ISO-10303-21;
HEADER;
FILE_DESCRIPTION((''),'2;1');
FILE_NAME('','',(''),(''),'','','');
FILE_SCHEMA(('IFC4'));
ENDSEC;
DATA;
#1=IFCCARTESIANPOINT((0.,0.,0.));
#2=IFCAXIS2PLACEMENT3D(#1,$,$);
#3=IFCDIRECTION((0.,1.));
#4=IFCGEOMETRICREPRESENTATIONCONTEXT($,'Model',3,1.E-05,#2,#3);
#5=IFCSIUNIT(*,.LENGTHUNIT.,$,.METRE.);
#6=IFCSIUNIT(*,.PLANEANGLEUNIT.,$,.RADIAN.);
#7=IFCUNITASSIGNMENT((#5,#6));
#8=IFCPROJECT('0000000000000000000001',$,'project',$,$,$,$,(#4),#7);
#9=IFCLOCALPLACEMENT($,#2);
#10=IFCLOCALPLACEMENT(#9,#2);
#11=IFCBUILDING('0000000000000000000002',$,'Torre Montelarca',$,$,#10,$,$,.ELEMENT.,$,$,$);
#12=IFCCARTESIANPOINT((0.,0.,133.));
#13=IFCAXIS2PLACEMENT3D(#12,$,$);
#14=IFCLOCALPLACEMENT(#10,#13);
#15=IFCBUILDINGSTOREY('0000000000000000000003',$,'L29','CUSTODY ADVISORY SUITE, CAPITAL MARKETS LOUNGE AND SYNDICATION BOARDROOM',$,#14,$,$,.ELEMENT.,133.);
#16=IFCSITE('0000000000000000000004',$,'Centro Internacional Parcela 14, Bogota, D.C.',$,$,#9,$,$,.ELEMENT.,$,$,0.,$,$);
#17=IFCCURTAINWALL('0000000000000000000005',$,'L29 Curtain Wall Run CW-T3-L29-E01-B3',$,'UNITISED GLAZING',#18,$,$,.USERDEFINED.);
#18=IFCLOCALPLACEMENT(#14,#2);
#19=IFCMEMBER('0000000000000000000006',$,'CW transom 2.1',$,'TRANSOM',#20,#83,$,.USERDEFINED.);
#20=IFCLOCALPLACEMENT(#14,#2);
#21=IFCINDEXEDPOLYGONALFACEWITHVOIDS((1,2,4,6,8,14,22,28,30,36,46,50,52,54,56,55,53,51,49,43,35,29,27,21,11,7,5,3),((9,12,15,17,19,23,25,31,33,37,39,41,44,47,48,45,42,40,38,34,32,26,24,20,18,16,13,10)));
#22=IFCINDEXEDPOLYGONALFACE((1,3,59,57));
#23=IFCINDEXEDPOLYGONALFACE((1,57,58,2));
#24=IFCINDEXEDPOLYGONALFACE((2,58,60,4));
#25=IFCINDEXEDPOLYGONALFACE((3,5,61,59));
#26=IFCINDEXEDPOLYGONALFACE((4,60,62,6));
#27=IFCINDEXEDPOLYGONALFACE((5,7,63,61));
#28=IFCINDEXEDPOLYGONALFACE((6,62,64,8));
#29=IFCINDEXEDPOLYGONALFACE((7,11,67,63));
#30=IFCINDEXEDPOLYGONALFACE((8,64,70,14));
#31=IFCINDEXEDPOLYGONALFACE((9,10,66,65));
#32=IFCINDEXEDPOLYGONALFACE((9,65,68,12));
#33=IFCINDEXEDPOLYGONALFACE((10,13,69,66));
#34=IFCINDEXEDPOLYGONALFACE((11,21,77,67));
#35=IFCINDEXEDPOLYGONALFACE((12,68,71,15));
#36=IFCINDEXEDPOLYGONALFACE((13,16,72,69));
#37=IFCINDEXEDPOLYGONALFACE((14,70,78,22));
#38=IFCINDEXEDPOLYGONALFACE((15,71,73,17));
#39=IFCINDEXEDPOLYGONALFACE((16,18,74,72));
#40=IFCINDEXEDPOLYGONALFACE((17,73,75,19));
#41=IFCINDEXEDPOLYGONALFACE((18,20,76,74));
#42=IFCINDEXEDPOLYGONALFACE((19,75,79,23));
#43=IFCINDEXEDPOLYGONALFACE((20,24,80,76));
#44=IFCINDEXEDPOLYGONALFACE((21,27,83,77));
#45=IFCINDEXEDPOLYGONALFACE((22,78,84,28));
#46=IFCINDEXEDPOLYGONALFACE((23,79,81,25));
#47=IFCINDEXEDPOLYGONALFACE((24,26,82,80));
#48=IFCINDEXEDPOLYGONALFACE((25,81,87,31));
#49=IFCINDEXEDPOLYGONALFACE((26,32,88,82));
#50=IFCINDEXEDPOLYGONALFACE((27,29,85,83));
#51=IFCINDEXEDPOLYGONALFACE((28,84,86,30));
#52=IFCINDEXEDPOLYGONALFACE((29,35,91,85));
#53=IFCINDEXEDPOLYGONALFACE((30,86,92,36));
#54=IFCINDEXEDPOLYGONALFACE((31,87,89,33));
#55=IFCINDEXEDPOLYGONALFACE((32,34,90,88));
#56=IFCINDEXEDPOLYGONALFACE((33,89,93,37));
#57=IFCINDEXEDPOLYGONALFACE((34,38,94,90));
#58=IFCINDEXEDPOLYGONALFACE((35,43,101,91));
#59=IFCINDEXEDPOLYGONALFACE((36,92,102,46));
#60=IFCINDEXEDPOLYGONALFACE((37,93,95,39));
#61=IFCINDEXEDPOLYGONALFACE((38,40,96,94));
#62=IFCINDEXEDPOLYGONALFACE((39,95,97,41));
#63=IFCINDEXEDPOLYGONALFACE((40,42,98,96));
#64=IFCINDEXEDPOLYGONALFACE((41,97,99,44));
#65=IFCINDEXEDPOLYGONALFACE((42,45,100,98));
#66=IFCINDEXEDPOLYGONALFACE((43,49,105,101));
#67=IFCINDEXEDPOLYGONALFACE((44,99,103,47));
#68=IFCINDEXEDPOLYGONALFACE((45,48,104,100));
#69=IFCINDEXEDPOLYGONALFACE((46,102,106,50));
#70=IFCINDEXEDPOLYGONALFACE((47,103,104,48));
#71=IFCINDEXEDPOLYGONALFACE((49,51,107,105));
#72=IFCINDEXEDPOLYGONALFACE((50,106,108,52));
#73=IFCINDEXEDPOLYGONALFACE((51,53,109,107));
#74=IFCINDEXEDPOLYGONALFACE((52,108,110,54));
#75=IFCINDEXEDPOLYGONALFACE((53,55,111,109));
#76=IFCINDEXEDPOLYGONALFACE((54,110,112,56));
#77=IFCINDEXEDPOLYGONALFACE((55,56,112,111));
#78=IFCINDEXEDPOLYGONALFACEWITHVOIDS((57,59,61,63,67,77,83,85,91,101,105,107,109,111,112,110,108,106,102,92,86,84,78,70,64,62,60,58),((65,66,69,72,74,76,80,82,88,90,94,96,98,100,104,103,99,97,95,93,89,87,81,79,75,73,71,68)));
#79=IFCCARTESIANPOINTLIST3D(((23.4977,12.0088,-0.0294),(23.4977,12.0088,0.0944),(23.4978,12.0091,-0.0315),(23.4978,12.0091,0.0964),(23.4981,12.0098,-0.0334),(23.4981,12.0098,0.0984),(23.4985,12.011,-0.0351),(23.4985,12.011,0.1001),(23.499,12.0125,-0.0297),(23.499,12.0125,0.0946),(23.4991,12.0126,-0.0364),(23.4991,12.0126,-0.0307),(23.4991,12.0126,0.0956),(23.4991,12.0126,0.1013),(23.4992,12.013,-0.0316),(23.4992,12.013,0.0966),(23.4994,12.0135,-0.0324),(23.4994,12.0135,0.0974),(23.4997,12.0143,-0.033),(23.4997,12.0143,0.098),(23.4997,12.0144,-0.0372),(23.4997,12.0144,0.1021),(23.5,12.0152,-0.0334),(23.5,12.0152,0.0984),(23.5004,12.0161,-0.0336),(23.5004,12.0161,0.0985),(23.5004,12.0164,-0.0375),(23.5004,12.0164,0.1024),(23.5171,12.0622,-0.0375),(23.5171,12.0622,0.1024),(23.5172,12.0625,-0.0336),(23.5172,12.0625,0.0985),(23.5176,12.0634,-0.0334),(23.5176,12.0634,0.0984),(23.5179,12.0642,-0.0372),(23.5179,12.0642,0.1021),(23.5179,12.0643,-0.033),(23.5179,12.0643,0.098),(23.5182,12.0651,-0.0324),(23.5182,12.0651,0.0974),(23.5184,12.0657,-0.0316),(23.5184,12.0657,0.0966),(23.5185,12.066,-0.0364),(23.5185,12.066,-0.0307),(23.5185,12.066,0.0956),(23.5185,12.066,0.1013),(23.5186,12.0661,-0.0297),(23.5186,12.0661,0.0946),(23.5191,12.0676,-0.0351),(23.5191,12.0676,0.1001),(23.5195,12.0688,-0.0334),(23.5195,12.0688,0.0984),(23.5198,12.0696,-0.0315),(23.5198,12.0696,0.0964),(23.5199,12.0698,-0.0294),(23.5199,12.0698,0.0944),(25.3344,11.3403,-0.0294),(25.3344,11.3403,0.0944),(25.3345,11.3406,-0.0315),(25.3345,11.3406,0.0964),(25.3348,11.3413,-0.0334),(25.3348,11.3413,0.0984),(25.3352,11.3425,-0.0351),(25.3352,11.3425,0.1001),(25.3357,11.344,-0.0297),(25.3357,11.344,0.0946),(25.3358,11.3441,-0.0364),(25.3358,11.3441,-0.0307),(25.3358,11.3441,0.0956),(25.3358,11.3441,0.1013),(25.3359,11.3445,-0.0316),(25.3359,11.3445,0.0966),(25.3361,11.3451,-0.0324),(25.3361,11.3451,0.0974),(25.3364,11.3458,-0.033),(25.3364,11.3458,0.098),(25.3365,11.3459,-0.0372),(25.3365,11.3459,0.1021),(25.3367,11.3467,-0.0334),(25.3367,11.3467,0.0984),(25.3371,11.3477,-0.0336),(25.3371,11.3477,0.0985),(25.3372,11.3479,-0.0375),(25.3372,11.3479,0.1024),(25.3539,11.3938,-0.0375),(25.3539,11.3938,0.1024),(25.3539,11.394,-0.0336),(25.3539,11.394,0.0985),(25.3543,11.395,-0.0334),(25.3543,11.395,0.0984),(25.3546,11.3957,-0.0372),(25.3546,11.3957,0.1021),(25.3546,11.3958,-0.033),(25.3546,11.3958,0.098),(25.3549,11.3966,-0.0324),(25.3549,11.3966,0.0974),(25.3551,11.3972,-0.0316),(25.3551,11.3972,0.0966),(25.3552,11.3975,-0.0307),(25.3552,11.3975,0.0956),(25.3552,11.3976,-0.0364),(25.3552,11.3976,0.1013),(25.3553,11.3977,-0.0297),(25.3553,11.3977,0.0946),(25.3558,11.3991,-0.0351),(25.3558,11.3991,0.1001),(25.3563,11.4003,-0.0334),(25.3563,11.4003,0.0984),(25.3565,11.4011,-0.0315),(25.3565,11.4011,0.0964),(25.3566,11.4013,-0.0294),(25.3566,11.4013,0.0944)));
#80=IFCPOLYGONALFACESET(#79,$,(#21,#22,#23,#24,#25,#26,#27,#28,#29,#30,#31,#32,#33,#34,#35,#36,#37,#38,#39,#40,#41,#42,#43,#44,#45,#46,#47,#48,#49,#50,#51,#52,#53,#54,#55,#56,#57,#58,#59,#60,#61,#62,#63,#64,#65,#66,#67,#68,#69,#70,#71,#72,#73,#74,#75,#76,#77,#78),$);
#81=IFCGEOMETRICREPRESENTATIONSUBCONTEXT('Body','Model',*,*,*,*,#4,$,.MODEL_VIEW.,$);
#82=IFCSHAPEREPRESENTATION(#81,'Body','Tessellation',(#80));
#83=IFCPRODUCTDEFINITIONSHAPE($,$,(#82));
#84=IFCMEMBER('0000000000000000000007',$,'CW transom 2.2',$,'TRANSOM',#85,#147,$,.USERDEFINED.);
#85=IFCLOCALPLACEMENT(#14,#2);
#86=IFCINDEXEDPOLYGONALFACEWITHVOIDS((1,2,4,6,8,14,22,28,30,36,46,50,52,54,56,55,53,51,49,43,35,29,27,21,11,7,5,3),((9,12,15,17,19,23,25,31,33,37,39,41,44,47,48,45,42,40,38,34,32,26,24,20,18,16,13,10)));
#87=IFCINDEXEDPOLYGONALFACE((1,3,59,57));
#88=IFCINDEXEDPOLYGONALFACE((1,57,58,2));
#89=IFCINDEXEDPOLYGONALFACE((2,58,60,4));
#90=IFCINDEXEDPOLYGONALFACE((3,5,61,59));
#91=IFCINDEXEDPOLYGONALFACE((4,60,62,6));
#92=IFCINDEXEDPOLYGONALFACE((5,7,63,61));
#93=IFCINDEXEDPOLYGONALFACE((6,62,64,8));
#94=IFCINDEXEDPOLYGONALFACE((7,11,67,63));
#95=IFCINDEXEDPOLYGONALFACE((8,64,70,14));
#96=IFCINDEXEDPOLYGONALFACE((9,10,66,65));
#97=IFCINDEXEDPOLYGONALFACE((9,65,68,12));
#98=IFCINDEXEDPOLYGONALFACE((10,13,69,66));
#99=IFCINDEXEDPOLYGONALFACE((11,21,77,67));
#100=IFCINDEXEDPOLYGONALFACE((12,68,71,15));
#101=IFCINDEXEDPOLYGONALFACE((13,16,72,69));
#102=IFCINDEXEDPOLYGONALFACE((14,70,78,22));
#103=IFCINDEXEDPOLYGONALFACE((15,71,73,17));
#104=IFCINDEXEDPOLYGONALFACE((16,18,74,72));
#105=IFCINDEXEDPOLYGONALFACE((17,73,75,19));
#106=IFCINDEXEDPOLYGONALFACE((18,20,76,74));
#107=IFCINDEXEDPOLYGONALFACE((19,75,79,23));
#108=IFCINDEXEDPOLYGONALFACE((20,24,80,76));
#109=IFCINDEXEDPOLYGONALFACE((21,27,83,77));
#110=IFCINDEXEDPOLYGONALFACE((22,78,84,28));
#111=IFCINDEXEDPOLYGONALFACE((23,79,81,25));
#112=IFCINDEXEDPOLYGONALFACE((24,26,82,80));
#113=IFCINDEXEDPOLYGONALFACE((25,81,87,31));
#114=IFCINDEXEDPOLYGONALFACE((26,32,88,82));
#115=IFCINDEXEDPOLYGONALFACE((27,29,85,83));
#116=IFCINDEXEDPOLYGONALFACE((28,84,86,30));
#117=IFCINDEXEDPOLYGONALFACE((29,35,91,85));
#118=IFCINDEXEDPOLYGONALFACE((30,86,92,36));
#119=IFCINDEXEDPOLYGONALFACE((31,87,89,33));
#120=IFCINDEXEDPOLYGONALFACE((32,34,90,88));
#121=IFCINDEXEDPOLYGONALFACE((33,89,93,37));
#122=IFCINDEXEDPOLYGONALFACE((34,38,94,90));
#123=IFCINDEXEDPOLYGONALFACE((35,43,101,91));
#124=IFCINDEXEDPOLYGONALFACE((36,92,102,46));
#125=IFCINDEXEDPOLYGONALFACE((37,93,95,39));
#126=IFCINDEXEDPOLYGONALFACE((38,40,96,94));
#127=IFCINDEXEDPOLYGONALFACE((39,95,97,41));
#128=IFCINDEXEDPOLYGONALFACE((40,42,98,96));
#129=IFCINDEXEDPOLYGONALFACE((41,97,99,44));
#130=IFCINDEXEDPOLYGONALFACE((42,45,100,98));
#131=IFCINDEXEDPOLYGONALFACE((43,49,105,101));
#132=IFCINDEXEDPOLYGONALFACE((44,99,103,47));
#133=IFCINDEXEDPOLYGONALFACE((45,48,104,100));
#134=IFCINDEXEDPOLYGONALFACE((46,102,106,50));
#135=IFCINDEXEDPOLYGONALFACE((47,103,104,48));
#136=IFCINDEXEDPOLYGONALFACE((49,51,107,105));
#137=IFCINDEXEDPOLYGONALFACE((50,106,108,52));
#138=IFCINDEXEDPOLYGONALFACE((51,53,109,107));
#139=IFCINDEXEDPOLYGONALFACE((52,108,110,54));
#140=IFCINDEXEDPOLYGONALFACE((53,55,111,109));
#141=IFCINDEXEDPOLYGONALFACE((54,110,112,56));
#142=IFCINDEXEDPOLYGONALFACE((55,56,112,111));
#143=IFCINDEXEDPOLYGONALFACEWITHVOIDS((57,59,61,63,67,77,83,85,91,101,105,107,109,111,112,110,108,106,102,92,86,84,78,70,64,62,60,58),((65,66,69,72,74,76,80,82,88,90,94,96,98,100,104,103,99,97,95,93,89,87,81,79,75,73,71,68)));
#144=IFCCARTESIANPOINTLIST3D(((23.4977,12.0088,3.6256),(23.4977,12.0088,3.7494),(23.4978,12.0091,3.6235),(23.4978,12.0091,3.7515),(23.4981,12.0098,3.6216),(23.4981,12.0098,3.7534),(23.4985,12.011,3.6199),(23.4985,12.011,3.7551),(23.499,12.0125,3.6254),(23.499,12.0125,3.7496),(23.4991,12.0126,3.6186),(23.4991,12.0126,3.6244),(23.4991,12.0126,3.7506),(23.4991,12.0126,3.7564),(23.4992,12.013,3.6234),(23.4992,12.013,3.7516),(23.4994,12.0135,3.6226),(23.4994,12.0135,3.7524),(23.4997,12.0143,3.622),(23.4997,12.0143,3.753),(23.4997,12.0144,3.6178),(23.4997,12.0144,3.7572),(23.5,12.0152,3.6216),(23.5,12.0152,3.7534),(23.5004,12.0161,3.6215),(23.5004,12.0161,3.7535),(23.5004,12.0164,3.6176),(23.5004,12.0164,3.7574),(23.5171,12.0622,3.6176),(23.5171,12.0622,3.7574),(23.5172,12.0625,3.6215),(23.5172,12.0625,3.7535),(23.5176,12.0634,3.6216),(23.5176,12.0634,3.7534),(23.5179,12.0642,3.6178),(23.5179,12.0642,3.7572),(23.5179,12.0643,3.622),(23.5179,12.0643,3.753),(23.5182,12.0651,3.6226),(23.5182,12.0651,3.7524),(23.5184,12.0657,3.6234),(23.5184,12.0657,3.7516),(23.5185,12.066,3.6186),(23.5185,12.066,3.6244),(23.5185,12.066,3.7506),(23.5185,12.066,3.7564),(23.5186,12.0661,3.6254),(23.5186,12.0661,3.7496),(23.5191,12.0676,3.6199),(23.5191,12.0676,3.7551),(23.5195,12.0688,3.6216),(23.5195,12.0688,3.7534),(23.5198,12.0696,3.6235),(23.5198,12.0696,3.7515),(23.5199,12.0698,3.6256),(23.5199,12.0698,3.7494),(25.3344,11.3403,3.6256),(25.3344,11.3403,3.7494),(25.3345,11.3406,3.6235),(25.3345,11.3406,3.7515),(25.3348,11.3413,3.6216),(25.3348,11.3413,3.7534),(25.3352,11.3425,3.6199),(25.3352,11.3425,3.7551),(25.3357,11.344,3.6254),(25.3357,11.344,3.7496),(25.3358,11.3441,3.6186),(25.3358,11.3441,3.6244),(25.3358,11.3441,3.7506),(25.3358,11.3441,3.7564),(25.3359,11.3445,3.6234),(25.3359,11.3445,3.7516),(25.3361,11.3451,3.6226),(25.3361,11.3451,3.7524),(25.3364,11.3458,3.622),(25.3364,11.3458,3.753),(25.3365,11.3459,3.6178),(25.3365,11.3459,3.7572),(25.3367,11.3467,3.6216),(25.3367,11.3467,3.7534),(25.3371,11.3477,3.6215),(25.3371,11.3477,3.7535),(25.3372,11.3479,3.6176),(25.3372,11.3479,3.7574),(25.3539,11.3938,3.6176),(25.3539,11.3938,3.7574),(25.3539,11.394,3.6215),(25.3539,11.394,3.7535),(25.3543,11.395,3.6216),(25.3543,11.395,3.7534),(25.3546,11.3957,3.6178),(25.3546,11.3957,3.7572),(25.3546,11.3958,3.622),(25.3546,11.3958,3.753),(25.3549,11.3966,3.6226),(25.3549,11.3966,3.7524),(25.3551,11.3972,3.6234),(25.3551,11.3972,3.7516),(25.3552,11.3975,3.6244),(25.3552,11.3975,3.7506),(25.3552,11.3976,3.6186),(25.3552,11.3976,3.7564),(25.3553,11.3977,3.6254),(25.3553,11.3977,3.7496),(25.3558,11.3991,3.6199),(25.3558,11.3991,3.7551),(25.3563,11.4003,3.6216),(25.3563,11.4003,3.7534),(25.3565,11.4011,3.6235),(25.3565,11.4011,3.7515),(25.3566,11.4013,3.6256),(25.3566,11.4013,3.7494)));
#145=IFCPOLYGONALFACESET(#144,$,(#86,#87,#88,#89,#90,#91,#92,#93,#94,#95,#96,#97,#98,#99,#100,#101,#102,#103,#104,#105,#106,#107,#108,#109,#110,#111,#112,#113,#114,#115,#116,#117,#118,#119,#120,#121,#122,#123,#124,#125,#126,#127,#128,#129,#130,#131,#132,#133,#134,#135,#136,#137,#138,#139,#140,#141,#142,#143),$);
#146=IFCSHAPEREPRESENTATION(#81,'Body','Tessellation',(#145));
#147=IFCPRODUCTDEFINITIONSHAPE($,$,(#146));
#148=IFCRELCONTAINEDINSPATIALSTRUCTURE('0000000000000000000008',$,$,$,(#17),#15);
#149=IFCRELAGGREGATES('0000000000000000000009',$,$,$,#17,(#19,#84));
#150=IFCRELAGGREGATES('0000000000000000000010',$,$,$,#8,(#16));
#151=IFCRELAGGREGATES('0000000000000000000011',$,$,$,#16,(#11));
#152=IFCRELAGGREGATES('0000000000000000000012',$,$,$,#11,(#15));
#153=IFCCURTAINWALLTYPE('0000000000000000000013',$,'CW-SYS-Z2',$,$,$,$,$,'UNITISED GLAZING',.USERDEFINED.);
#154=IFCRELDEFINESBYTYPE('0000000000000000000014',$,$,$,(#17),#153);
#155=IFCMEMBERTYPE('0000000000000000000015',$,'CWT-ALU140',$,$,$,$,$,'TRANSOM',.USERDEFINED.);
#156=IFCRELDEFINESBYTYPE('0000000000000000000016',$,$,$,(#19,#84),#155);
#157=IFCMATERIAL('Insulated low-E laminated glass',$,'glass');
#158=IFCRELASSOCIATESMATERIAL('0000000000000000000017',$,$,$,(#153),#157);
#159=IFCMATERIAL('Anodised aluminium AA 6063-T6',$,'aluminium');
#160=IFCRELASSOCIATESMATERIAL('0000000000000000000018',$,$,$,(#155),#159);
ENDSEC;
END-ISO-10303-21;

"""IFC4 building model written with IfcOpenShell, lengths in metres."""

from ifc_helpers import new_model, si_unit, direction, frame, origin, origin_2d, place, context, subcontext, project, spatial, hollow_rectangle, extrude, source, transform, mapped, material, material_profile, profile_set, type_object, element, aggregate, save


model = new_model("IFC4")

# Units and contexts
model_context = context("Model", 3, precision=1e-05, world=origin(), true_north=direction((0.0, 1.0)))
body_context = subcontext(model_context, "Body", "Model", "MODEL_VIEW")
ifc_project = project(units=[si_unit("LENGTHUNIT", "METRE"), si_unit("PLANEANGLEUNIT", "RADIAN")], contexts=[model_context])

# Site, building, storey
site_placement = place(None, origin())
site = spatial("IfcSite", under=ifc_project, at=site_placement, Name="Centro Internacional Parcela 14, Bogota, D.C.", CompositionType="ELEMENT", RefElevation=0.0)
building_placement = place(site_placement, origin())
building = spatial("IfcBuilding", under=site, at=building_placement, Name="Torre Montelarca", CompositionType="ELEMENT")
storey_placement = place(building_placement, frame((0.0, 0.0, 133.0)))
storey = spatial("IfcBuildingStorey", under=building, at=storey_placement, Name="L29", Description="CUSTODY ADVISORY SUITE, CAPITAL MARKETS LOUNGE AND SYNDICATION BOARDROOM", CompositionType="ELEMENT", Elevation=133.0)

# Curtain wall
ifc_material_1 = material(Name="Insulated low-E laminated glass", Category="glass")
curtain_wall_type = type_object("IfcCurtainWallType", Name="CW-SYS-Z2", ElementType="UNITISED GLAZING", PredefinedType="USERDEFINED", material=ifc_material_1)
ifc_material_2 = material(Name="Anodised aluminium AA 6063-T6", Category="aluminium")
ifc_material_profile_1 = material_profile(ifc_material_2, hollow_rectangle(XDim=0.0649, YDim=0.1399, WallThickness=0.0039, InnerFilletRadius=0.0039, OuterFilletRadius=0.0081, at=origin_2d()), Name="ALU65X140X4", Category="aluminium")
ifc_profile_set_1 = profile_set([ifc_material_profile_1], Name="Anodised aluminium AA 6063-T6")
member_type_1 = type_object("IfcMemberType", Name="CWT-ALU140", ElementType="TRANSOM", PredefinedType="USERDEFINED", material=ifc_profile_set_1)
curtain_wall_1_placement = place(storey_placement, origin())
curtain_wall_1 = element("IfcCurtainWall", 1, at=curtain_wall_1_placement, inside=storey, type_object=curtain_wall_type, Name="L29 Curtain Wall Run CW-T3-L29-E01-B3", ObjectType="UNITISED GLAZING", PredefinedType="USERDEFINED")

# Members
shared_shape_1 = source(origin(), body_context, "Body", "SweptSolid", [
    extrude(hollow_rectangle(XDim=0.0649, YDim=0.1399, WallThickness=0.0039, InnerFilletRadius=0.0039, OuterFilletRadius=0.0081, at=origin_2d()), origin(), (0.0, 0.0, 1.0), 1.9546),
])
member_1_placement = place(storey_placement, frame((23.5088, 12.0393, 0.0325), z_axis=(0.939699, -0.342004, 0.0), x_axis=(0.342004, 0.939699, 0.0)))
member_1 = element("IfcMember", 2, at=member_1_placement, type_object=member_type_1, Name="CW transom 2.1", ObjectType="TRANSOM", PredefinedType="USERDEFINED", context=body_context, shape_type="MappedRepresentation", body=[
    mapped(shared_shape_1, transform((0.0, 0.0, 0.0), scale=1.0)),
])
member_2_placement = place(storey_placement, frame((23.5088, 12.0393, 3.6875), z_axis=(0.939699, -0.342004, 0.0), x_axis=(0.342004, 0.939699, 0.0)))
member_2 = element("IfcMember", 3, at=member_2_placement, type_object=member_type_1, Name="CW transom 2.2", ObjectType="TRANSOM", PredefinedType="USERDEFINED", context=body_context, shape_type="MappedRepresentation", body=[
    mapped(shared_shape_1, transform((0.0, 0.0, 0.0), scale=1.0)),
])

aggregate(curtain_wall_1, [member_1, member_2])

save(model, "model.ifc")
